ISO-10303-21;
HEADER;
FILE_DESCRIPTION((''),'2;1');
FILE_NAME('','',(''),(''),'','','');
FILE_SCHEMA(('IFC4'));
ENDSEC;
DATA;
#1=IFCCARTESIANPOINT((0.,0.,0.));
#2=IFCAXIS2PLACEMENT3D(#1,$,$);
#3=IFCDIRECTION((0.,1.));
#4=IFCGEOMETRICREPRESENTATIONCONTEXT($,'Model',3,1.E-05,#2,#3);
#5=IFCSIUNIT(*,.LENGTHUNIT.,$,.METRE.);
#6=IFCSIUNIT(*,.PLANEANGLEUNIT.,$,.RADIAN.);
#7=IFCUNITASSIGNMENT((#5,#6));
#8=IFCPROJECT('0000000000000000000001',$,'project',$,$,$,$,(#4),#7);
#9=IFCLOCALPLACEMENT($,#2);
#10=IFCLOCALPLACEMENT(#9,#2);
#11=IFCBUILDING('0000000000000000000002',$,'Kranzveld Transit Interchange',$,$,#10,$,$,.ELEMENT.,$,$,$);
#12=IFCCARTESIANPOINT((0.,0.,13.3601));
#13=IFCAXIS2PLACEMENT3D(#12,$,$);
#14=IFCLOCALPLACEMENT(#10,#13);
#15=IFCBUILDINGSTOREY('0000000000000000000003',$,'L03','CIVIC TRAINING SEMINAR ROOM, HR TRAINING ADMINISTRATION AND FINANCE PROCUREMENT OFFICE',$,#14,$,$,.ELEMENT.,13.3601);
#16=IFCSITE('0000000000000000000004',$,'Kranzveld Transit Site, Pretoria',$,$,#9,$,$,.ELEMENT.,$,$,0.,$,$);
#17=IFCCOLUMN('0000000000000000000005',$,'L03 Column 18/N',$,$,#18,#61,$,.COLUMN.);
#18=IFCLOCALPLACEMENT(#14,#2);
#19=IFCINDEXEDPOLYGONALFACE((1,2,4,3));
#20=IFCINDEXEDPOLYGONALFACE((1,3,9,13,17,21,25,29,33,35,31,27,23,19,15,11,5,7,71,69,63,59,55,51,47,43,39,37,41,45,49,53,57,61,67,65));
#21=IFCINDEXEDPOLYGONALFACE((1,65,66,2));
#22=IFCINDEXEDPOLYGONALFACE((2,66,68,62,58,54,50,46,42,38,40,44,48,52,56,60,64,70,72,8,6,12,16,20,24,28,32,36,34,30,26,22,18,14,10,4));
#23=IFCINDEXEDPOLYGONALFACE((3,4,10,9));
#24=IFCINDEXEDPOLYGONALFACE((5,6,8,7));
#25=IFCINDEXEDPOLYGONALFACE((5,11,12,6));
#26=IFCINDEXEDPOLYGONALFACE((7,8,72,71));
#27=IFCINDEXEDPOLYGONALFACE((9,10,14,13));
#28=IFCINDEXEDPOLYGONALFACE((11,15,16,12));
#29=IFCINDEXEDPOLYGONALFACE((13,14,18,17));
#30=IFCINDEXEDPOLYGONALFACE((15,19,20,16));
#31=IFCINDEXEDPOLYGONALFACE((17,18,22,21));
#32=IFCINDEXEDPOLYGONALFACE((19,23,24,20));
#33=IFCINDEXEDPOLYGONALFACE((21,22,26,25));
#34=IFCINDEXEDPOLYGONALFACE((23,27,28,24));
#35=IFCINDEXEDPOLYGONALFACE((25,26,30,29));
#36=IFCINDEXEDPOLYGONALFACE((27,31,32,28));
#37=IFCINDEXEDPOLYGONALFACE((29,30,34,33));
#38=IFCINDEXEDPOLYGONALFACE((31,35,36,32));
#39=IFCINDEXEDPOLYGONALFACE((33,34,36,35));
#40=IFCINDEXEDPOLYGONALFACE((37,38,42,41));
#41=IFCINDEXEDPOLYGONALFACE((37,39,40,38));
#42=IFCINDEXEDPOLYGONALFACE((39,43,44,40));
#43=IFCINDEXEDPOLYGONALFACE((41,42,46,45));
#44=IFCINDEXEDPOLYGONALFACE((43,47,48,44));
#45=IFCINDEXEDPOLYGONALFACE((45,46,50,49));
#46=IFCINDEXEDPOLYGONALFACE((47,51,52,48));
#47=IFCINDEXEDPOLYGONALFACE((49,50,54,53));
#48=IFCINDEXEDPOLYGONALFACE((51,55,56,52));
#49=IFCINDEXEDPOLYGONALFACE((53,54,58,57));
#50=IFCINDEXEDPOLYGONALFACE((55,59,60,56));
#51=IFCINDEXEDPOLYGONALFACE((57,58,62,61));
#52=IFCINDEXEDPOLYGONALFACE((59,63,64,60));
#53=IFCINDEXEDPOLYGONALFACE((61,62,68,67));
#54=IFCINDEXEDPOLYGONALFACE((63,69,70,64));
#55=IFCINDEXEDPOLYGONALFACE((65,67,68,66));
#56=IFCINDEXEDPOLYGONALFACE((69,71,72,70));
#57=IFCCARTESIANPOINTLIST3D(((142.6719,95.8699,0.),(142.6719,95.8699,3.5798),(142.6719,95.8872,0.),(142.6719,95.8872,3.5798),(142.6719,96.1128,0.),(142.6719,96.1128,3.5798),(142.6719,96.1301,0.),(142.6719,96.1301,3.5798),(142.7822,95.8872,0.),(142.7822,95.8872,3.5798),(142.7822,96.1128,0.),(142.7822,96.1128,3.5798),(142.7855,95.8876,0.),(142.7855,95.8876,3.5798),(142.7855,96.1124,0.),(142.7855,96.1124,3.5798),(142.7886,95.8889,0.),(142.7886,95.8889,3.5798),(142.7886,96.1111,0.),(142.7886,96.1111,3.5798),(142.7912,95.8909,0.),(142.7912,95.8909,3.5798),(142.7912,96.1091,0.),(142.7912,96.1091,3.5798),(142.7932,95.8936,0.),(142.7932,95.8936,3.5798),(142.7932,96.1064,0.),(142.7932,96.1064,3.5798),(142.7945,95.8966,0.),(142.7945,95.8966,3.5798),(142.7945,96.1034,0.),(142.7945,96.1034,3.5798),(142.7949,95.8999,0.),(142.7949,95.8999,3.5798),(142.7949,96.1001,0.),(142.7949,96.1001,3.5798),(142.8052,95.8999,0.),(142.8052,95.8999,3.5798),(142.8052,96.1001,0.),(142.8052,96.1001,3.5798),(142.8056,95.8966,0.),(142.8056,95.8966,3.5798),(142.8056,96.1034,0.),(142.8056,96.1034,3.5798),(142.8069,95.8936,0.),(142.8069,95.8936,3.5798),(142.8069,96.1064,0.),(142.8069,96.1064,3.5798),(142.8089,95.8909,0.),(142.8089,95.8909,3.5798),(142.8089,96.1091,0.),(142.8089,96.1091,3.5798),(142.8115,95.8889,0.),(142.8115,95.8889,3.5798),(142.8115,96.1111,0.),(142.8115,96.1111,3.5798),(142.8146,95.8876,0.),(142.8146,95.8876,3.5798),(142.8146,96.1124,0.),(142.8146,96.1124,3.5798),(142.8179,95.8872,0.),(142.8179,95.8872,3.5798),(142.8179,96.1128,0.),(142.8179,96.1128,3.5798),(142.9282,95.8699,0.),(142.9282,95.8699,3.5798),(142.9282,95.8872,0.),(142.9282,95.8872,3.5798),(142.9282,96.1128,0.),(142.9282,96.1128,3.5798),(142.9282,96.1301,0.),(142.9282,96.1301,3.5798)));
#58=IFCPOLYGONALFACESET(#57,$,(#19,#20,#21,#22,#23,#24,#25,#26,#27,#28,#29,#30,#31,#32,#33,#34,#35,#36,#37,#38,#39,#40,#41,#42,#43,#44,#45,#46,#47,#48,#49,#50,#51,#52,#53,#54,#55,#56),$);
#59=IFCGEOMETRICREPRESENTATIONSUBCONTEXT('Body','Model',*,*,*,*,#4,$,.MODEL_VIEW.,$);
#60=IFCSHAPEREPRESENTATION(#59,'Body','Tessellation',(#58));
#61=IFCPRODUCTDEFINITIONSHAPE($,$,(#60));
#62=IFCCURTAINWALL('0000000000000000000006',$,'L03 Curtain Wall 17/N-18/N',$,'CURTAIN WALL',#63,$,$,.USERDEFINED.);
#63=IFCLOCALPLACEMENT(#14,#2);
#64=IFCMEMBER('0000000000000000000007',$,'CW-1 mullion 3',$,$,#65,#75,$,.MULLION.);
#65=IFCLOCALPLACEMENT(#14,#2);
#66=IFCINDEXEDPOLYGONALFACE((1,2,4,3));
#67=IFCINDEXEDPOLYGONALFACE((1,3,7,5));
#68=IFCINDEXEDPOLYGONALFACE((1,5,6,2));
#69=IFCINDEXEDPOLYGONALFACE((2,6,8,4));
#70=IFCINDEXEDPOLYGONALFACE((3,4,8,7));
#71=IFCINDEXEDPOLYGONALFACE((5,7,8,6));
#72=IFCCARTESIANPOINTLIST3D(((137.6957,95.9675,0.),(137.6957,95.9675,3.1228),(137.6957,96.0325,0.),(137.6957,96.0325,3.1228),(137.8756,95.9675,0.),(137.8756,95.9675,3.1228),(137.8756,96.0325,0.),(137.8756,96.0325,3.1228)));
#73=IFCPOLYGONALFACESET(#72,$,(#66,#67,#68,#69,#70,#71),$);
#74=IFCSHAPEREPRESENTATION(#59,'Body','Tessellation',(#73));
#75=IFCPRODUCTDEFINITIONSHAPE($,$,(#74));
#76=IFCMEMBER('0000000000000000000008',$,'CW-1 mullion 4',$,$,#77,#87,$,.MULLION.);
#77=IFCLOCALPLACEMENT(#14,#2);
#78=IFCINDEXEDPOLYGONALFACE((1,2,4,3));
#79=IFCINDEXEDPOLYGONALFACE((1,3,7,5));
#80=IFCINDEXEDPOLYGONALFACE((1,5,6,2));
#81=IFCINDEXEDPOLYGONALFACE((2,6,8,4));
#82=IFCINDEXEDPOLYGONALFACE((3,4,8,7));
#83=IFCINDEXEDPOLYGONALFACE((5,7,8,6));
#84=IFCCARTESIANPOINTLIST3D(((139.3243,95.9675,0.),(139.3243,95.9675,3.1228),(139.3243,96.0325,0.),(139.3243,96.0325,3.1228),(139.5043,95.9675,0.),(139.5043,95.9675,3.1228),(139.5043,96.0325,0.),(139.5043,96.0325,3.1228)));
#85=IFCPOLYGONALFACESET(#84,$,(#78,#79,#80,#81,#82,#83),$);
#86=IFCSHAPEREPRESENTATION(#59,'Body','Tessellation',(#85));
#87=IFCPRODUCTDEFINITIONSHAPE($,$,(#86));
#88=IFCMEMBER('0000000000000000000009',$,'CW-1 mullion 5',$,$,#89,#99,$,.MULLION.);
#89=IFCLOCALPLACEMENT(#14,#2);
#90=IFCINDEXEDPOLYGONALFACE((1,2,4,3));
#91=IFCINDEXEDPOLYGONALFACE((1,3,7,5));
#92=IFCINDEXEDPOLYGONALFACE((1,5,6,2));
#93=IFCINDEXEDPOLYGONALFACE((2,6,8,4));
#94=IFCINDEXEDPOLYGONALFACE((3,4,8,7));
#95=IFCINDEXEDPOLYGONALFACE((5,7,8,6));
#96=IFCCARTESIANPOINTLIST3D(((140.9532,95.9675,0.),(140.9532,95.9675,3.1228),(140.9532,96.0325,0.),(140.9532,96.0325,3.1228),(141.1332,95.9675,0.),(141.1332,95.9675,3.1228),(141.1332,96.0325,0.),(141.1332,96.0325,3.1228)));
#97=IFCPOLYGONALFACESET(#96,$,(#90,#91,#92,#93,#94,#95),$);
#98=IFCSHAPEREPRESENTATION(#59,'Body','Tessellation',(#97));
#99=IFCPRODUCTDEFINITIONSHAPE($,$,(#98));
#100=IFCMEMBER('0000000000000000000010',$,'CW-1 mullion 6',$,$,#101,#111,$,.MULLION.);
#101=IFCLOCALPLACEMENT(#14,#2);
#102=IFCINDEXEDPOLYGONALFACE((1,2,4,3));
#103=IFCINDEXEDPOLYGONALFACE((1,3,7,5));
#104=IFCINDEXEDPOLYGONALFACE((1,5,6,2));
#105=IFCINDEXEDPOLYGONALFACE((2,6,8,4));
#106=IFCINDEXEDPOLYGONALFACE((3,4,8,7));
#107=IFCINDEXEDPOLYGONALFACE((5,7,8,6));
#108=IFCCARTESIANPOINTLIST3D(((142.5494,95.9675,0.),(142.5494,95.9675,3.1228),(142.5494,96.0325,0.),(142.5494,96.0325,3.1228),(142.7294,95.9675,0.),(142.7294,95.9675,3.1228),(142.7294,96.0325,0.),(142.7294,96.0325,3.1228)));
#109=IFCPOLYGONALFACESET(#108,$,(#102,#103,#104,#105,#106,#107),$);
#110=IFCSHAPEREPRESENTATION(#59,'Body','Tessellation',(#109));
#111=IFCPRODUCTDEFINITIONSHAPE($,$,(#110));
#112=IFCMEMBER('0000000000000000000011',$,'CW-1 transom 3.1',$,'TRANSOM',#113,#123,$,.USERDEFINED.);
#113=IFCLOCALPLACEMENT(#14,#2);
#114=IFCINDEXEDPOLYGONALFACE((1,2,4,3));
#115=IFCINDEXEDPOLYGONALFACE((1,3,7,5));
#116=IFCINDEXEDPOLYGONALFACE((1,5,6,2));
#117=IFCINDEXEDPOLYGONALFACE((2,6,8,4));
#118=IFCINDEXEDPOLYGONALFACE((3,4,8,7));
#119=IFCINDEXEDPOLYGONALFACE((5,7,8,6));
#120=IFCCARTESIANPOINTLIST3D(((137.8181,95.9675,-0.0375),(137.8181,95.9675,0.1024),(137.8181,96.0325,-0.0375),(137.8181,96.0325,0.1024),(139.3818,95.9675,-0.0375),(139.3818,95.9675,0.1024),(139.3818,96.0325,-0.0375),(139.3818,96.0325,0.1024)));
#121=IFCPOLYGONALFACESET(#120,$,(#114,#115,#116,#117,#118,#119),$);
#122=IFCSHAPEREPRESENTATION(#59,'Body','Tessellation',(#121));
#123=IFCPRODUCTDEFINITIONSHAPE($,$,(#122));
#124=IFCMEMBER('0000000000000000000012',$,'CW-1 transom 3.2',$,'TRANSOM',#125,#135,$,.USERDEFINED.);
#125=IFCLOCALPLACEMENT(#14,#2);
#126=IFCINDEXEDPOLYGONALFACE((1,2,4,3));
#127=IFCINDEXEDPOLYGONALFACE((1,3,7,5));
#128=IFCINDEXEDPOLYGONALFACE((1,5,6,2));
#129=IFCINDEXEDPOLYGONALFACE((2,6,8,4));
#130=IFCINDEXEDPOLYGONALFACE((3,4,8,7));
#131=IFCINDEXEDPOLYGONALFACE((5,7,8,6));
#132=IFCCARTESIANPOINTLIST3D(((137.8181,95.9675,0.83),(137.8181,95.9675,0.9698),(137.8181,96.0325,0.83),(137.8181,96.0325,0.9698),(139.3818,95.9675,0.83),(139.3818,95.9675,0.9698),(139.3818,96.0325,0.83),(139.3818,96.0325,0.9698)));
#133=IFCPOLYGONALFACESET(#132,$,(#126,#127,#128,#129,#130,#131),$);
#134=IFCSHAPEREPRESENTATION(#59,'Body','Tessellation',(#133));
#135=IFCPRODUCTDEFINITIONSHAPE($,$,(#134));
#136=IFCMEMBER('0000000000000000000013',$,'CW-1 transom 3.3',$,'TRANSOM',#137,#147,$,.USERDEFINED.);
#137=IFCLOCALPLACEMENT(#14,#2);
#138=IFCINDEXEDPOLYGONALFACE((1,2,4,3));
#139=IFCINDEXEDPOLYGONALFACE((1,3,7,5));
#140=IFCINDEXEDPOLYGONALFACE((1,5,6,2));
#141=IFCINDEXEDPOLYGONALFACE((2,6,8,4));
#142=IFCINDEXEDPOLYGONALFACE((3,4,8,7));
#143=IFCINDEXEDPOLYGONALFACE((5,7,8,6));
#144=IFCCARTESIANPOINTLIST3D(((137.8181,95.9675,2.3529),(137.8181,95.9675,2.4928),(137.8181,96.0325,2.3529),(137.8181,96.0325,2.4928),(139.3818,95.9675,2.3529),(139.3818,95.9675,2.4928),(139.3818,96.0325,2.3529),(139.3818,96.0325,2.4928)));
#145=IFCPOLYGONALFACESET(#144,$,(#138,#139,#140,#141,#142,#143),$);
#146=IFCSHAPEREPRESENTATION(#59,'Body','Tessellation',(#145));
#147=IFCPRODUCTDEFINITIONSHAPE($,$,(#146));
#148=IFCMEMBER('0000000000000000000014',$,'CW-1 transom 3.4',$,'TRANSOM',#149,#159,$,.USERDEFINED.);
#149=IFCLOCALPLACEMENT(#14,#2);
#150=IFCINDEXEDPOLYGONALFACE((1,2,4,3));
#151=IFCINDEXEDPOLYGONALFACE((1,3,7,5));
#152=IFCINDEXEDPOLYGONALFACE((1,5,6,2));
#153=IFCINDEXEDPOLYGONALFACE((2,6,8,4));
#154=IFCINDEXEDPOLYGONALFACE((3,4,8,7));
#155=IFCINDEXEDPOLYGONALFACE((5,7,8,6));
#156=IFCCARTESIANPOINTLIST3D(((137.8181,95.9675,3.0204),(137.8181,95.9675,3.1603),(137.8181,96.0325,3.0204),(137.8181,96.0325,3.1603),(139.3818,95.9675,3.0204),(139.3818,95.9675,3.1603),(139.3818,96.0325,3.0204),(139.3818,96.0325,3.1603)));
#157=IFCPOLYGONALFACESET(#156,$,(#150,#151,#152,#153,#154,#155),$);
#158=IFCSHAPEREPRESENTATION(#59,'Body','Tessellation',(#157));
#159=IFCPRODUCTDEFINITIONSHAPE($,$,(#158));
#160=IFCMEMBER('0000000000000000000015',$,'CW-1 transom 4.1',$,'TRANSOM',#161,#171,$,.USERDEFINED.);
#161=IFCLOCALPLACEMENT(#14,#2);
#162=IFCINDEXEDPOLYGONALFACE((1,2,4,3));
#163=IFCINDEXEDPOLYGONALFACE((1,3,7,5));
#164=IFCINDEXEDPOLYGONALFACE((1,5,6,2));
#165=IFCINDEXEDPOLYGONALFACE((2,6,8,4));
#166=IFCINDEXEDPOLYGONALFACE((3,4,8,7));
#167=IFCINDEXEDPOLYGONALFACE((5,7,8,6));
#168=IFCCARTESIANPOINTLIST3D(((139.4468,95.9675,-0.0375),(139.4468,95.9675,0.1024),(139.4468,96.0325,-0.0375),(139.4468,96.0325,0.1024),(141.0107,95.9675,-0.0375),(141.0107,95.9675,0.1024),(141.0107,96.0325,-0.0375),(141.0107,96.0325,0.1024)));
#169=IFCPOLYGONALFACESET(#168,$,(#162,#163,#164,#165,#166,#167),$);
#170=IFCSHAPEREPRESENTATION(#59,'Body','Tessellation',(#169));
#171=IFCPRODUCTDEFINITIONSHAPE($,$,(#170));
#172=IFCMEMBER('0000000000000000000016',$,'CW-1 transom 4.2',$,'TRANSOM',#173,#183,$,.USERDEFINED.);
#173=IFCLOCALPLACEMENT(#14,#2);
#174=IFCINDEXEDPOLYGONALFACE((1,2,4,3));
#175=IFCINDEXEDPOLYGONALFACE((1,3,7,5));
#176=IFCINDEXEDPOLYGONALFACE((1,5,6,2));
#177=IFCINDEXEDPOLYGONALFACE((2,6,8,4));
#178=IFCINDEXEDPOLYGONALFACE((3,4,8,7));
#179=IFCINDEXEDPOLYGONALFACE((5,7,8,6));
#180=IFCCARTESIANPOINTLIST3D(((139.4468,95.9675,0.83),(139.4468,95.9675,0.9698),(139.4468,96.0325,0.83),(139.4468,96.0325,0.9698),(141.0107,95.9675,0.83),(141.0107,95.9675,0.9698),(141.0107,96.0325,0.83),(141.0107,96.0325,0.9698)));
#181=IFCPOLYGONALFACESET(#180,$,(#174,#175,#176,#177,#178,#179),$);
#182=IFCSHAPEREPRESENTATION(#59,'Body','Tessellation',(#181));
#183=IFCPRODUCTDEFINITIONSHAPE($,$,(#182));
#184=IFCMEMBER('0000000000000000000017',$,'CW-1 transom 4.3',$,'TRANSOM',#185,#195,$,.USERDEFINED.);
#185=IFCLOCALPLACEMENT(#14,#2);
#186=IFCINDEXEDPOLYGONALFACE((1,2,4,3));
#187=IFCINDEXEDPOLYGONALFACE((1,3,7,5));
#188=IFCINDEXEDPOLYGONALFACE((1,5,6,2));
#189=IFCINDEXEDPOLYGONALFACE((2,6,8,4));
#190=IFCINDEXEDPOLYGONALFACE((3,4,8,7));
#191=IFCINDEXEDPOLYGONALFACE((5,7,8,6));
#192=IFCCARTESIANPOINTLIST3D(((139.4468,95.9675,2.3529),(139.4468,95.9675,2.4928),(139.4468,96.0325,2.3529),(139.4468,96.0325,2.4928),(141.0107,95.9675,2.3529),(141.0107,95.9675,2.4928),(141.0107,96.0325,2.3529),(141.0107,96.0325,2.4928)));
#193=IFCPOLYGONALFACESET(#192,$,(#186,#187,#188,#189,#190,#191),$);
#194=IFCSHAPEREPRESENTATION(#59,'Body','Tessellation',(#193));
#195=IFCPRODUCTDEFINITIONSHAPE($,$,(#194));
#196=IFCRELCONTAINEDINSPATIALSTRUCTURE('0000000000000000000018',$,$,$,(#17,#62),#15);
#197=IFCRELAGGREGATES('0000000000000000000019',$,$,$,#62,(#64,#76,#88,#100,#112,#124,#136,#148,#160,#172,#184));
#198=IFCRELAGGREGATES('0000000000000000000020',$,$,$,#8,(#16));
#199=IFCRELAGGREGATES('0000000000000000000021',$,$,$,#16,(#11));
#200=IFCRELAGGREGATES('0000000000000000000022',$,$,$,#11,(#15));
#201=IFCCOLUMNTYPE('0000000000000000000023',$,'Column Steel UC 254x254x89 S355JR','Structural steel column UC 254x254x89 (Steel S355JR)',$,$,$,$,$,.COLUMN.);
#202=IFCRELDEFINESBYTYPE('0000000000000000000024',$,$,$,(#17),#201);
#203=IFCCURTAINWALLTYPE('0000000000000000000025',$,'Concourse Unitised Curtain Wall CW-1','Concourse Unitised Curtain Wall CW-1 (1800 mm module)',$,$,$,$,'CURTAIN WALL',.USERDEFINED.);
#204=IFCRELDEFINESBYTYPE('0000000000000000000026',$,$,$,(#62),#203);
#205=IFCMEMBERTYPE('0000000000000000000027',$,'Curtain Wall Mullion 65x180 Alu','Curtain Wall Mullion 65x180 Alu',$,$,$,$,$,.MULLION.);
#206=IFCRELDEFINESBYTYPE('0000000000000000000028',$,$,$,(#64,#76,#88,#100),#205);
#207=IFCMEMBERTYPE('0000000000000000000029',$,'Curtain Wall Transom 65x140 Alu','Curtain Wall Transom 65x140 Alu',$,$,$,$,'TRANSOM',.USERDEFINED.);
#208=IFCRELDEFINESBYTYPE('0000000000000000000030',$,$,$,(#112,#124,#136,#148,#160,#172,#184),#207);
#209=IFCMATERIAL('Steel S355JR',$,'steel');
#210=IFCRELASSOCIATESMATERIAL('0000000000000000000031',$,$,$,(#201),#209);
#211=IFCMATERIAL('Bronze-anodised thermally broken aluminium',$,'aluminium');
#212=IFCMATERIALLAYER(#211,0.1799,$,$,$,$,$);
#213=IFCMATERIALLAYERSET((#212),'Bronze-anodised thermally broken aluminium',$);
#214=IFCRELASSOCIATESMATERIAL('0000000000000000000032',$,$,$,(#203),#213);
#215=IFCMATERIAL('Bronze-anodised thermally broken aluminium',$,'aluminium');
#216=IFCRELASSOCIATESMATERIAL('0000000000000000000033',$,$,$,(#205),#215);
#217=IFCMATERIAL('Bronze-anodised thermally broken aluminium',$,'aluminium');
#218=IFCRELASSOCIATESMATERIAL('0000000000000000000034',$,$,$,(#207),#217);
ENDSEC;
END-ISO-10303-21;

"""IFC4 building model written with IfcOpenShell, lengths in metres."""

from ifc_helpers import new_model, si_unit, direction, frame, origin, origin_2d, place, context, subcontext, project, spatial, rectangle, i_section, extrude, material, layer, layer_set, material_profile, profile_set, type_object, element, aggregate, save


model = new_model("IFC4")

# Units and contexts
model_context = context("Model", 3, precision=1e-05, world=origin(), true_north=direction((0.0, 1.0)))
body_context = subcontext(model_context, "Body", "Model", "MODEL_VIEW")
ifc_project = project(units=[si_unit("LENGTHUNIT", "METRE"), si_unit("PLANEANGLEUNIT", "RADIAN")], contexts=[model_context])

# Site, building, storey
site_placement = place(None, origin())
site = spatial("IfcSite", under=ifc_project, at=site_placement, Name="Kranzveld Transit Site, Pretoria", CompositionType="ELEMENT", RefElevation=0.0)
building_placement = place(site_placement, origin())
building = spatial("IfcBuilding", under=site, at=building_placement, Name="Kranzveld Transit Interchange", CompositionType="ELEMENT")
storey_placement = place(building_placement, frame((0.0, 0.0, 13.3601)))
storey = spatial("IfcBuildingStorey", under=building, at=storey_placement, Name="L03", Description="CIVIC TRAINING SEMINAR ROOM, HR TRAINING ADMINISTRATION AND FINANCE PROCUREMENT OFFICE", CompositionType="ELEMENT", Elevation=13.3601)

# Column
ifc_material_1 = material(Name="Steel S355JR", Category="steel")
ifc_material_profile_1 = material_profile(ifc_material_1, i_section(OverallWidth=0.2563, OverallDepth=0.2603, WebThickness=0.0103, FlangeThickness=0.0173, FilletRadius=0.0127, at=origin_2d()), Name="UC 254x254x89")
ifc_profile_set_1 = profile_set([ifc_material_profile_1], Name="Steel S355JR")
column_type = type_object("IfcColumnType", Name="Column Steel UC 254x254x89 S355JR", Description="Structural steel column UC 254x254x89 (Steel S355JR)", PredefinedType="COLUMN", material=ifc_profile_set_1)
column_placement = place(storey_placement, frame((142.8, 96.0, 0.0), z_axis=(0.0, 0.0, 1.0), x_axis=(1.0, 0.0, 0.0)))
element("IfcColumn", 1, at=column_placement, inside=storey, type_object=column_type, Name="L03 Column 18/N", PredefinedType="COLUMN", context=body_context, shape_type="SweptSolid", body=[
    extrude(i_section(OverallWidth=0.2563, OverallDepth=0.2603, WebThickness=0.0103, FlangeThickness=0.0173, FilletRadius=0.0127, at=origin_2d()), origin(), (0.0, 0.0, 1.0), 3.5798),
])

# Curtain wall, members
ifc_material_2 = material(Name="Bronze-anodised thermally broken aluminium", Category="aluminium")
ifc_layer_1 = layer(ifc_material_2, 0.1799)
ifc_layer_set_1 = layer_set([ifc_layer_1], Name="Bronze-anodised thermally broken aluminium")
curtain_wall_type = type_object("IfcCurtainWallType", Name="Concourse Unitised Curtain Wall CW-1", Description="Concourse Unitised Curtain Wall CW-1 (1800 mm module)", ElementType="CURTAIN WALL", PredefinedType="USERDEFINED", material=ifc_layer_set_1)
curtain_wall_placement = place(storey_placement, origin())
curtain_wall = element("IfcCurtainWall", 2, at=curtain_wall_placement, inside=storey, type_object=curtain_wall_type, Name="L03 Curtain Wall 17/N-18/N", ObjectType="CURTAIN WALL", PredefinedType="USERDEFINED")
ifc_material_3 = material(Name="Bronze-anodised thermally broken aluminium", Category="aluminium")
ifc_material_profile_2 = material_profile(ifc_material_3, rectangle(XDim=0.0649, YDim=0.1799, at=origin_2d()), Name="ALU MULLION 65x180")
ifc_profile_set_2 = profile_set([ifc_material_profile_2], Name="Bronze-anodised thermally broken aluminium")
member_type_1 = type_object("IfcMemberType", Name="Curtain Wall Mullion 65x180 Alu", Description="Curtain Wall Mullion 65x180 Alu", PredefinedType="MULLION", material=ifc_profile_set_2)
member_1_placement = place(storey_placement, frame((137.7856, 96.0, 0.0), z_axis=(0.0, 0.0, 1.0), x_axis=(0.0, 1.0, 0.0)))
member_1 = element("IfcMember", 3, at=member_1_placement, type_object=member_type_1, Name="CW-1 mullion 3", PredefinedType="MULLION", context=body_context, shape_type="SweptSolid", body=[
    extrude(rectangle(XDim=0.0649, YDim=0.1799, at=origin_2d()), origin(), (0.0, 0.0, 1.0), 3.1228),
])
member_2_placement = place(storey_placement, frame((139.4143, 96.0, 0.0), z_axis=(0.0, 0.0, 1.0), x_axis=(0.0, 1.0, 0.0)))
member_2 = element("IfcMember", 4, at=member_2_placement, type_object=member_type_1, Name="CW-1 mullion 4", PredefinedType="MULLION", context=body_context, shape_type="SweptSolid", body=[
    extrude(rectangle(XDim=0.0649, YDim=0.1799, at=origin_2d()), origin(), (0.0, 0.0, 1.0), 3.1228),
])
member_3_placement = place(storey_placement, frame((141.0432, 96.0, 0.0), z_axis=(0.0, 0.0, 1.0), x_axis=(0.0, 1.0, 0.0)))
member_3 = element("IfcMember", 5, at=member_3_placement, type_object=member_type_1, Name="CW-1 mullion 5", PredefinedType="MULLION", context=body_context, shape_type="SweptSolid", body=[
    extrude(rectangle(XDim=0.0649, YDim=0.1799, at=origin_2d()), origin(), (0.0, 0.0, 1.0), 3.1228),
])
member_4_placement = place(storey_placement, frame((142.6394, 96.0, 0.0), z_axis=(0.0, 0.0, 1.0), x_axis=(0.0, 1.0, 0.0)))
member_4 = element("IfcMember", 6, at=member_4_placement, type_object=member_type_1, Name="CW-1 mullion 6", PredefinedType="MULLION", context=body_context, shape_type="SweptSolid", body=[
    extrude(rectangle(XDim=0.0649, YDim=0.1799, at=origin_2d()), origin(), (0.0, 0.0, 1.0), 3.1228),
])
ifc_material_4 = material(Name="Bronze-anodised thermally broken aluminium", Category="aluminium")
ifc_material_profile_3 = material_profile(ifc_material_4, rectangle(XDim=0.0649, YDim=0.1399, at=origin_2d()), Name="ALU TRANSOM 65x140")
ifc_profile_set_3 = profile_set([ifc_material_profile_3], Name="Bronze-anodised thermally broken aluminium")
member_type_2 = type_object("IfcMemberType", Name="Curtain Wall Transom 65x140 Alu", Description="Curtain Wall Transom 65x140 Alu", ElementType="TRANSOM", PredefinedType="USERDEFINED", material=ifc_profile_set_3)
member_5_placement = place(storey_placement, frame((137.8181, 96.0, 0.0325), z_axis=(1.0, 0.0, 0.0), x_axis=(0.0, 1.0, 0.0)))
member_5 = element("IfcMember", 7, at=member_5_placement, type_object=member_type_2, Name="CW-1 transom 3.1", ObjectType="TRANSOM", PredefinedType="USERDEFINED", context=body_context, shape_type="SweptSolid", body=[
    extrude(rectangle(XDim=0.0649, YDim=0.1399, at=origin_2d()), origin(), (0.0, 0.0, 1.0), 1.5637),
])
member_6_placement = place(storey_placement, frame((137.8181, 96.0, 0.8999), z_axis=(1.0, 0.0, 0.0), x_axis=(0.0, 1.0, 0.0)))
member_6 = element("IfcMember", 8, at=member_6_placement, type_object=member_type_2, Name="CW-1 transom 3.2", ObjectType="TRANSOM", PredefinedType="USERDEFINED", context=body_context, shape_type="SweptSolid", body=[
    extrude(rectangle(XDim=0.0649, YDim=0.1399, at=origin_2d()), origin(), (0.0, 0.0, 1.0), 1.5637),
])
member_7_placement = place(storey_placement, frame((137.8181, 96.0, 2.4229), z_axis=(1.0, 0.0, 0.0), x_axis=(0.0, 1.0, 0.0)))
member_7 = element("IfcMember", 9, at=member_7_placement, type_object=member_type_2, Name="CW-1 transom 3.3", ObjectType="TRANSOM", PredefinedType="USERDEFINED", context=body_context, shape_type="SweptSolid", body=[
    extrude(rectangle(XDim=0.0649, YDim=0.1399, at=origin_2d()), origin(), (0.0, 0.0, 1.0), 1.5637),
])
member_8_placement = place(storey_placement, frame((137.8181, 96.0, 3.0903), z_axis=(1.0, 0.0, 0.0), x_axis=(0.0, 1.0, 0.0)))
member_8 = element("IfcMember", 10, at=member_8_placement, type_object=member_type_2, Name="CW-1 transom 3.4", ObjectType="TRANSOM", PredefinedType="USERDEFINED", context=body_context, shape_type="SweptSolid", body=[
    extrude(rectangle(XDim=0.0649, YDim=0.1399, at=origin_2d()), origin(), (0.0, 0.0, 1.0), 1.5637),
])
member_9_placement = place(storey_placement, frame((139.4468, 96.0, 0.0325), z_axis=(1.0, 0.0, 0.0), x_axis=(0.0, 1.0, 0.0)))
member_9 = element("IfcMember", 11, at=member_9_placement, type_object=member_type_2, Name="CW-1 transom 4.1", ObjectType="TRANSOM", PredefinedType="USERDEFINED", context=body_context, shape_type="SweptSolid", body=[
    extrude(rectangle(XDim=0.0649, YDim=0.1399, at=origin_2d()), origin(), (0.0, 0.0, 1.0), 1.564),
])
member_10_placement = place(storey_placement, frame((139.4468, 96.0, 0.8999), z_axis=(1.0, 0.0, 0.0), x_axis=(0.0, 1.0, 0.0)))
member_10 = element("IfcMember", 12, at=member_10_placement, type_object=member_type_2, Name="CW-1 transom 4.2", ObjectType="TRANSOM", PredefinedType="USERDEFINED", context=body_context, shape_type="SweptSolid", body=[
    extrude(rectangle(XDim=0.0649, YDim=0.1399, at=origin_2d()), origin(), (0.0, 0.0, 1.0), 1.564),
])
member_11_placement = place(storey_placement, frame((139.4468, 96.0, 2.4229), z_axis=(1.0, 0.0, 0.0), x_axis=(0.0, 1.0, 0.0)))
member_11 = element("IfcMember", 13, at=member_11_placement, type_object=member_type_2, Name="CW-1 transom 4.3", ObjectType="TRANSOM", PredefinedType="USERDEFINED", context=body_context, shape_type="SweptSolid", body=[
    extrude(rectangle(XDim=0.0649, YDim=0.1399, at=origin_2d()), origin(), (0.0, 0.0, 1.0), 1.564),
])
aggregate(curtain_wall, [member_1, member_2, member_3, member_4, member_5, member_6, member_7, member_8, member_9, member_10, member_11])

save(model, "model.ifc")
